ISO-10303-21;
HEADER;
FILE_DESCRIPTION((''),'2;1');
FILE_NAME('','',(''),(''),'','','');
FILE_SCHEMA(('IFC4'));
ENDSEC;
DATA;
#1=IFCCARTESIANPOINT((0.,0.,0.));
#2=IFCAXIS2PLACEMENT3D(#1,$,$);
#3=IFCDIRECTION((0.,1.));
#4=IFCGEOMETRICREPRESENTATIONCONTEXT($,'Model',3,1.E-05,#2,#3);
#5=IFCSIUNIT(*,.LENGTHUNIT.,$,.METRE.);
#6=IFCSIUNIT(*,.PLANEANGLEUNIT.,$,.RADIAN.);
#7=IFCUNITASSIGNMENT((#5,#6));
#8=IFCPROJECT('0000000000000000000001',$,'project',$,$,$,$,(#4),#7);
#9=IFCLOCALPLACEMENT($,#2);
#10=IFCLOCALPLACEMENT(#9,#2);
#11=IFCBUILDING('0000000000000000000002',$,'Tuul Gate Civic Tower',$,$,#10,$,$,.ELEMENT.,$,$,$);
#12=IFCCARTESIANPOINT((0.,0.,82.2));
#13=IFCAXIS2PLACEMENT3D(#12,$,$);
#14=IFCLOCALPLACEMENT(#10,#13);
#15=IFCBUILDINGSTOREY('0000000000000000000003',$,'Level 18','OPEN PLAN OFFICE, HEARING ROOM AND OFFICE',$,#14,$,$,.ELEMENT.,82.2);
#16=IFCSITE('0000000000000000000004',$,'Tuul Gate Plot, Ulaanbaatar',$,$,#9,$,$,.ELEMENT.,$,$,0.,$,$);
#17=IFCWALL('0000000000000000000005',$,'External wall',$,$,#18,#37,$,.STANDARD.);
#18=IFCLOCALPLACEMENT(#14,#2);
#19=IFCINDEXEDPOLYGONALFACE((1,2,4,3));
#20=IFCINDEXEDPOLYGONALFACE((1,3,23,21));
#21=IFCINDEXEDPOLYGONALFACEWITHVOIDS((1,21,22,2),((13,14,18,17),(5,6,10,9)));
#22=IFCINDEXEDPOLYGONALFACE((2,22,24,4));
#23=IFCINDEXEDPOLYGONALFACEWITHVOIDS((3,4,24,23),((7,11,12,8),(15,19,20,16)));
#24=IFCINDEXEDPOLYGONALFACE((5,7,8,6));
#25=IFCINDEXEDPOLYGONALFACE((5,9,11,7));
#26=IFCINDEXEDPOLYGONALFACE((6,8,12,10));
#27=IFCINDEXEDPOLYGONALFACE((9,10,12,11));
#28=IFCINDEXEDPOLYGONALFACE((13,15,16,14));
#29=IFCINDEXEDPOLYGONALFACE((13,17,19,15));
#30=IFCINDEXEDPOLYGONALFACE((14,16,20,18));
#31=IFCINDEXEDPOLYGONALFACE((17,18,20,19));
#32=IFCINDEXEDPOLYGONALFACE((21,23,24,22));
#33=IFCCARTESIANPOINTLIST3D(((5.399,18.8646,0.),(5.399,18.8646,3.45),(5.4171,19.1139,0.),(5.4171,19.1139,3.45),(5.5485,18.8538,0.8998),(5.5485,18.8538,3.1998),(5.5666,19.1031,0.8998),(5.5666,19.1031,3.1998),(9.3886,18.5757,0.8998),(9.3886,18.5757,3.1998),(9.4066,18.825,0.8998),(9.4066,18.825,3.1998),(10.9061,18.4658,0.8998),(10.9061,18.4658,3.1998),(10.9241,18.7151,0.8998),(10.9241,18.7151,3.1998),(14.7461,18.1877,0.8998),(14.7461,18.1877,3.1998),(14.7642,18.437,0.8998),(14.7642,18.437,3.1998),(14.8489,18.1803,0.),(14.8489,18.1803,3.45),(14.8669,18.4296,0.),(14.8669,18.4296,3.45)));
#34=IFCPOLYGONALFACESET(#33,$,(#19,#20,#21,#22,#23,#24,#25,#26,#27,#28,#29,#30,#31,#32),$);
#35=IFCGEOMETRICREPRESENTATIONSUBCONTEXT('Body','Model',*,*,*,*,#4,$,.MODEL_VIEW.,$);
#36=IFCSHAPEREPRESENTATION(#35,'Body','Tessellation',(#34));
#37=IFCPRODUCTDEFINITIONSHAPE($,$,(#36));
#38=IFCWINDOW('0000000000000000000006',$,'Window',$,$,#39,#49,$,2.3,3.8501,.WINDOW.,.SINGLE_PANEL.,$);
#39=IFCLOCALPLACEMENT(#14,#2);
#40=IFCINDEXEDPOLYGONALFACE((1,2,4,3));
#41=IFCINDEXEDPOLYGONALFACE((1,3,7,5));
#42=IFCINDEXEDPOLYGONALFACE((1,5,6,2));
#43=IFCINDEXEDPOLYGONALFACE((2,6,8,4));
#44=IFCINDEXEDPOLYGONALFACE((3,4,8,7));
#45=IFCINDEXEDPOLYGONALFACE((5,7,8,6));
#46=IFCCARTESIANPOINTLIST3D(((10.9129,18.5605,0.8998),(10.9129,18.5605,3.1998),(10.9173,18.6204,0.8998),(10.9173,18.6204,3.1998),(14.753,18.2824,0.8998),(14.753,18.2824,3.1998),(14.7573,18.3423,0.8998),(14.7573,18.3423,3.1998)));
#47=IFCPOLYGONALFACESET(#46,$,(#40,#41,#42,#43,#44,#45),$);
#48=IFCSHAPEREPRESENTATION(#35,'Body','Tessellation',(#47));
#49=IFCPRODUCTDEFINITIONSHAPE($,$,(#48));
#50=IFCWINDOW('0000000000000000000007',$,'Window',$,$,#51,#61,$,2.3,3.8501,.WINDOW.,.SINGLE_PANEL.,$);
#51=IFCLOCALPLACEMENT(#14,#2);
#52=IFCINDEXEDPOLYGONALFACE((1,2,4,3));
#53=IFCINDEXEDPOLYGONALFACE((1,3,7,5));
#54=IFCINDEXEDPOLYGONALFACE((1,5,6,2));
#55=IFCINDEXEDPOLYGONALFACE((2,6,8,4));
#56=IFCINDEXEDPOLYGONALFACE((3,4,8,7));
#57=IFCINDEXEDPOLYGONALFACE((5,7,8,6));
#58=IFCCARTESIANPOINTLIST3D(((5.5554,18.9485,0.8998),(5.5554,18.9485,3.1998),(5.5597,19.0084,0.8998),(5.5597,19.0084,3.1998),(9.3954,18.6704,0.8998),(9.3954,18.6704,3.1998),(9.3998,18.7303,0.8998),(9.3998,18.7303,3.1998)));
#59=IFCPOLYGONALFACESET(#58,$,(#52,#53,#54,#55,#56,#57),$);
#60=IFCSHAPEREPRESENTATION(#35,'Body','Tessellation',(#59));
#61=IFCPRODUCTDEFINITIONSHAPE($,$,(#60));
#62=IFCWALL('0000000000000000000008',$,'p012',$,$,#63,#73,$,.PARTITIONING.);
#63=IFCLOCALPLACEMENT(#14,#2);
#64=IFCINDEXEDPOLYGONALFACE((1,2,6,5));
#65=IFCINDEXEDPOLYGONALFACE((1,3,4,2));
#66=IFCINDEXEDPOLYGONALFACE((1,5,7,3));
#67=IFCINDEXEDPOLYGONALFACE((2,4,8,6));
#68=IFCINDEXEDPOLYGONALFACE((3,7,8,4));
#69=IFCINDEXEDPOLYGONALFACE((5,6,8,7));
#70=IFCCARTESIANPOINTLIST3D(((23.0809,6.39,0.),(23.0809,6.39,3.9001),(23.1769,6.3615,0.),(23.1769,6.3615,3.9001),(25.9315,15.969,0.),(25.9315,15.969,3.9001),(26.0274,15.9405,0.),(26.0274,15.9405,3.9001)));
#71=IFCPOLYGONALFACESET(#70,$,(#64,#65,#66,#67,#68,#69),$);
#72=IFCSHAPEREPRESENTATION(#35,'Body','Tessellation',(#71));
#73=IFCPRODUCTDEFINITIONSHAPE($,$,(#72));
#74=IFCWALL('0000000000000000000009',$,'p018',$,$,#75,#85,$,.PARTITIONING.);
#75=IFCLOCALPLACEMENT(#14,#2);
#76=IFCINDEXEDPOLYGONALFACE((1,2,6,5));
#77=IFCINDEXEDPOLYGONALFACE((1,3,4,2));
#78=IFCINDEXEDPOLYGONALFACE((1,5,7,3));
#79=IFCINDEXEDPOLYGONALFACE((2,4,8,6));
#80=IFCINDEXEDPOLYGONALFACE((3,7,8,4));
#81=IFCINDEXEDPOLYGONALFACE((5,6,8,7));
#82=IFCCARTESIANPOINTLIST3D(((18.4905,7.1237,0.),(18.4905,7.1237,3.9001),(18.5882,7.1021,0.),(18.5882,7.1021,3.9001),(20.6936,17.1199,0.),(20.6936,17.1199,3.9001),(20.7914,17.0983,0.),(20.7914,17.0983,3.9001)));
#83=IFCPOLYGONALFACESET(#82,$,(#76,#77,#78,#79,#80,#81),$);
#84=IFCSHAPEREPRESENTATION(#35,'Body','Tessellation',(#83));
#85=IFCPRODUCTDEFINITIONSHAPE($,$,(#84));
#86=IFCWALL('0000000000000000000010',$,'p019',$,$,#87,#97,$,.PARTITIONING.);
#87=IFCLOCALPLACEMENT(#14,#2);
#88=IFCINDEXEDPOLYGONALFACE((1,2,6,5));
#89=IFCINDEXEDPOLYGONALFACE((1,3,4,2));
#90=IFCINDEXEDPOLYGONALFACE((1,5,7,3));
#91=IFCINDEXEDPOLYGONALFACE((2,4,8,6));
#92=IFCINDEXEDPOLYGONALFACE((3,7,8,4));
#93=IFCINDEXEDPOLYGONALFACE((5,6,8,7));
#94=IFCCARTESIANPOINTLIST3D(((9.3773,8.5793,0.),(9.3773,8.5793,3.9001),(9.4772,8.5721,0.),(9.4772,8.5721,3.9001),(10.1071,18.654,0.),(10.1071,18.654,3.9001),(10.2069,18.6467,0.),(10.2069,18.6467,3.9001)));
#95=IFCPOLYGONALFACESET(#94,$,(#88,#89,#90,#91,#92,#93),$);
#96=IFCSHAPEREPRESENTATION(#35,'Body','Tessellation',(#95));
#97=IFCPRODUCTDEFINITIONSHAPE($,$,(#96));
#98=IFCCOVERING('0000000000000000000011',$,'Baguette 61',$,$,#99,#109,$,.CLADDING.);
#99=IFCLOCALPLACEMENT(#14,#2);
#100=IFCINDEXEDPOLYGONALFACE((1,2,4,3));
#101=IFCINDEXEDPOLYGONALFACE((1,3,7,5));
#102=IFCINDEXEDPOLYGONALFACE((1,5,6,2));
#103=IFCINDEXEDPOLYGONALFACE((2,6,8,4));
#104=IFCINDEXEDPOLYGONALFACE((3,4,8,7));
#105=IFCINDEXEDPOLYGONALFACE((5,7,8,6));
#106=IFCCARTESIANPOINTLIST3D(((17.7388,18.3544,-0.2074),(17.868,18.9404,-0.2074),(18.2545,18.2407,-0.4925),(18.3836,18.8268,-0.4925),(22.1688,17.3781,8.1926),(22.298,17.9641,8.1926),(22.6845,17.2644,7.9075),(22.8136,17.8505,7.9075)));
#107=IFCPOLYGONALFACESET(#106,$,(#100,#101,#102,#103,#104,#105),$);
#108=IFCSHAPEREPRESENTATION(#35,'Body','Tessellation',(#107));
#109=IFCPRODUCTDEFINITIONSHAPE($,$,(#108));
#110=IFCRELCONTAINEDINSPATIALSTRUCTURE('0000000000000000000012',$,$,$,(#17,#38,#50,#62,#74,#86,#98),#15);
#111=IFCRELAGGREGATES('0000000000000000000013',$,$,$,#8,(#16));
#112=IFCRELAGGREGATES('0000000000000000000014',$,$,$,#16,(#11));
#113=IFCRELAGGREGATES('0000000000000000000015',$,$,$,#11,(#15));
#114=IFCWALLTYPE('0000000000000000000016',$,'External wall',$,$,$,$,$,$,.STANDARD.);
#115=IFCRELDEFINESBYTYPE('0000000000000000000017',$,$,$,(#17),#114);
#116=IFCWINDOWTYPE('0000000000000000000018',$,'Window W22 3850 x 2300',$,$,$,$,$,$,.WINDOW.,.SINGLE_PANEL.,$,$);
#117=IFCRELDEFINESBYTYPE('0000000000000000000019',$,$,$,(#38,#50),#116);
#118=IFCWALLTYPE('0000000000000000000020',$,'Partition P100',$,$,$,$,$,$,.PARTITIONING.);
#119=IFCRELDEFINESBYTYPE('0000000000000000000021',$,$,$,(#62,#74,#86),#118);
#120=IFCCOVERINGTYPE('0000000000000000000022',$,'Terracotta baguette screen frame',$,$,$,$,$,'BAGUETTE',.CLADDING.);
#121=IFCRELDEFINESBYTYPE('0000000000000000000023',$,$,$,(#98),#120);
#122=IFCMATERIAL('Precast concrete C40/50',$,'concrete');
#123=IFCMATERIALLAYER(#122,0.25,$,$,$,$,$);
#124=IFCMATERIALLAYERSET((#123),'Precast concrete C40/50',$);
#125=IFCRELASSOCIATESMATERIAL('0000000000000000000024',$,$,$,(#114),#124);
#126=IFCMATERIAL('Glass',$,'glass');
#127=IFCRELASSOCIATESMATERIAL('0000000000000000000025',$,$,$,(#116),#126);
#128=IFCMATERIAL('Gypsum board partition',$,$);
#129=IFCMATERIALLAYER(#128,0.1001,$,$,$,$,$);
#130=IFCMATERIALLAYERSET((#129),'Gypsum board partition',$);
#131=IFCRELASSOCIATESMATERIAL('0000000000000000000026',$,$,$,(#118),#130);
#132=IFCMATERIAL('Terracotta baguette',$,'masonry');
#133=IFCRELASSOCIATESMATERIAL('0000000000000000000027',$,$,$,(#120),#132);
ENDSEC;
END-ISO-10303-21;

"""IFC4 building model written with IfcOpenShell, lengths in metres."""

from ifc_helpers import new_model, si_unit, direction, frame, frame_2d, origin, origin_2d, place, context, subcontext, project, spatial, rectangle, extrude, material, layer, layer_set, material_profile, profile_set, type_object, element, fill, save


model = new_model("IFC4")

# Units and contexts
model_context = context("Model", 3, precision=1e-05, world=origin(), true_north=direction((0.0, 1.0)))
body_context = subcontext(model_context, "Body", "Model", "MODEL_VIEW")
ifc_project = project(units=[si_unit("LENGTHUNIT", "METRE"), si_unit("PLANEANGLEUNIT", "RADIAN")], contexts=[model_context])

# Site, building, storey
site_placement = place(None, origin())
site = spatial("IfcSite", under=ifc_project, at=site_placement, Name="Tuul Gate Plot, Ulaanbaatar", CompositionType="ELEMENT", RefElevation=0.0)
building_placement = place(site_placement, origin())
building = spatial("IfcBuilding", under=site, at=building_placement, Name="Tuul Gate Civic Tower", CompositionType="ELEMENT")
storey_placement = place(building_placement, frame((0.0, 0.0, 82.2)))
storey = spatial("IfcBuildingStorey", under=building, at=storey_placement, Name="Level 18", Description="OPEN PLAN OFFICE, HEARING ROOM AND OFFICE", CompositionType="ELEMENT", Elevation=82.2)

# Wall, openings, windows
ifc_material_1 = material(Name="Precast concrete C40/50", Category="concrete")
ifc_layer_1 = layer(ifc_material_1, 0.25)
ifc_layer_set_1 = layer_set([ifc_layer_1], Name="Precast concrete C40/50")
wall_type_1 = type_object("IfcWallType", Name="External wall", PredefinedType="STANDARD", material=ifc_layer_set_1)
ifc_material_2 = material(Name="Glass", Category="glass")
window_type = type_object("IfcWindowType", Name="Window W22 3850 x 2300", PartitioningType="SINGLE_PANEL", PredefinedType="WINDOW", material=ifc_material_2)
wall_1_placement = place(storey_placement, frame((14.8579, 18.3049, 0.0), z_axis=(0.0, 0.0, 1.0), x_axis=(-0.997388, 0.072227, 0.0)))
wall_1 = element("IfcWall", 1, at=wall_1_placement, inside=storey, type_object=wall_type_1, Name="External wall", PredefinedType="STANDARD", context=body_context, shape_type="SweptSolid", body=[
    extrude(rectangle(XDim=9.4746, YDim=0.25, at=frame_2d((4.7373, 0.0))), origin(), (0.0, 0.0, 1.0), 3.45),
])
opening_1_placement = place(wall_1_placement, frame((0.103, 0.0, 0.8999)))
opening_1 = element("IfcOpeningElement", 2, at=opening_1_placement, cuts=wall_1, PredefinedType="OPENING", context=body_context, shape_type="SweptSolid", body=[
    extrude(rectangle(XDim=3.8501, YDim=2.3, at=frame_2d((1.925, 1.1499))), frame((0.0, 0.135, 0.0), z_axis=(0.0, -1.0, 0.0), x_axis=(1.0, 0.0, 0.0)), (0.0, 0.0, 1.0), 0.27),
])
opening_2_placement = place(wall_1_placement, frame((5.4746, 0.0, 0.8999)))
opening_2 = element("IfcOpeningElement", 3, at=opening_2_placement, cuts=wall_1, PredefinedType="OPENING", context=body_context, shape_type="SweptSolid", body=[
    extrude(rectangle(XDim=3.8501, YDim=2.3, at=frame_2d((1.925, 1.1499))), frame((0.0, 0.135, 0.0), z_axis=(0.0, -1.0, 0.0), x_axis=(1.0, 0.0, 0.0)), (0.0, 0.0, 1.0), 0.27),
])
window_1_placement = place(opening_1_placement, origin())
window_1 = element("IfcWindow", 4, at=window_1_placement, inside=storey, type_object=window_type, Name="Window", OverallHeight=2.3, OverallWidth=3.8501, PartitioningType="SINGLE_PANEL", PredefinedType="WINDOW", context=body_context, shape_type="SweptSolid", body=[
    extrude(rectangle(XDim=3.8501, YDim=2.3, at=frame_2d((1.925, 1.1499))), frame((0.0, 0.03, 0.0), z_axis=(0.0, -1.0, 0.0), x_axis=(1.0, 0.0, 0.0)), (0.0, 0.0, 1.0), 0.0601),
])
fill(opening_1, window_1)
window_2_placement = place(opening_2_placement, origin())
window_2 = element("IfcWindow", 5, at=window_2_placement, inside=storey, type_object=window_type, Name="Window", OverallHeight=2.3, OverallWidth=3.8501, PartitioningType="SINGLE_PANEL", PredefinedType="WINDOW", context=body_context, shape_type="SweptSolid", body=[
    extrude(rectangle(XDim=3.8501, YDim=2.3, at=frame_2d((1.925, 1.1499))), frame((0.0, 0.03, 0.0), z_axis=(0.0, -1.0, 0.0), x_axis=(1.0, 0.0, 0.0)), (0.0, 0.0, 1.0), 0.0601),
])
fill(opening_2, window_2)

# Walls
ifc_material_3 = material(Name="Gypsum board partition")
ifc_layer_2 = layer(ifc_material_3, 0.1001)
ifc_layer_set_2 = layer_set([ifc_layer_2], Name="Gypsum board partition")
wall_type_2 = type_object("IfcWallType", Name="Partition P100", PredefinedType="PARTITIONING", material=ifc_layer_set_2)
wall_2_placement = place(storey_placement, frame((23.1289, 6.3757, 0.0), z_axis=(0.0, 0.0, 1.0), x_axis=(0.285223, 0.958461, 0.0)))
element("IfcWall", 6, at=wall_2_placement, inside=storey, type_object=wall_type_2, Name="p012", PredefinedType="PARTITIONING", context=body_context, shape_type="SweptSolid", body=[
    extrude(rectangle(XDim=9.9941, YDim=0.1001, at=frame_2d((4.9971, 0.0))), origin(), (0.0, 0.0, 1.0), 3.9001),
])
wall_3_placement = place(storey_placement, frame((18.5393, 7.1128, 0.0), z_axis=(0.0, 0.0, 1.0), x_axis=(0.215233, 0.976563, 0.0)))
element("IfcWall", 7, at=wall_3_placement, inside=storey, type_object=wall_type_2, Name="p018", PredefinedType="PARTITIONING", context=body_context, shape_type="SweptSolid", body=[
    extrude(rectangle(XDim=10.2361, YDim=0.1001, at=frame_2d((5.1182, 0.0))), origin(), (0.0, 0.0, 1.0), 3.9001),
])
wall_4_placement = place(storey_placement, frame((9.4272, 8.5757, 0.0), z_axis=(0.0, 0.0, 1.0), x_axis=(0.072243, 0.997387, 0.0)))
element("IfcWall", 8, at=wall_4_placement, inside=storey, type_object=wall_type_2, Name="p019", PredefinedType="PARTITIONING", context=body_context, shape_type="SweptSolid", body=[
    extrude(rectangle(XDim=10.1011, YDim=0.1001, at=frame_2d((5.0505, 0.0))), origin(), (0.0, 0.0, 1.0), 3.9001),
])

# Covering
ifc_material_4 = material(Name="Terracotta baguette", Category="masonry")
ifc_material_profile_1 = material_profile(ifc_material_4, rectangle(XDim=0.6001, YDim=0.6001, at=origin_2d()), Name="Terracotta baguette screen frame")
ifc_profile_set_1 = profile_set([ifc_material_profile_1], Name="Terracotta baguette")
covering_type = type_object("IfcCoveringType", Name="Terracotta baguette screen frame", ElementType="BAGUETTE", PredefinedType="CLADDING", material=ifc_profile_set_1)
covering_placement = place(storey_placement, frame((22.4912, 17.6143, 8.05), z_axis=(-0.464037, 0.10227, -0.879892), x_axis=(-0.215226, -0.976564, 0.0)))
element("IfcCovering", 9, at=covering_placement, inside=storey, type_object=covering_type, Name="Baguette 61", PredefinedType="CLADDING", context=body_context, shape_type="SweptSolid", body=[
    extrude(rectangle(XDim=0.6001, YDim=0.6001, at=origin_2d()), origin(), (0.0, 0.0, 1.0), 9.5466),
])

save(model, "model.ifc")
